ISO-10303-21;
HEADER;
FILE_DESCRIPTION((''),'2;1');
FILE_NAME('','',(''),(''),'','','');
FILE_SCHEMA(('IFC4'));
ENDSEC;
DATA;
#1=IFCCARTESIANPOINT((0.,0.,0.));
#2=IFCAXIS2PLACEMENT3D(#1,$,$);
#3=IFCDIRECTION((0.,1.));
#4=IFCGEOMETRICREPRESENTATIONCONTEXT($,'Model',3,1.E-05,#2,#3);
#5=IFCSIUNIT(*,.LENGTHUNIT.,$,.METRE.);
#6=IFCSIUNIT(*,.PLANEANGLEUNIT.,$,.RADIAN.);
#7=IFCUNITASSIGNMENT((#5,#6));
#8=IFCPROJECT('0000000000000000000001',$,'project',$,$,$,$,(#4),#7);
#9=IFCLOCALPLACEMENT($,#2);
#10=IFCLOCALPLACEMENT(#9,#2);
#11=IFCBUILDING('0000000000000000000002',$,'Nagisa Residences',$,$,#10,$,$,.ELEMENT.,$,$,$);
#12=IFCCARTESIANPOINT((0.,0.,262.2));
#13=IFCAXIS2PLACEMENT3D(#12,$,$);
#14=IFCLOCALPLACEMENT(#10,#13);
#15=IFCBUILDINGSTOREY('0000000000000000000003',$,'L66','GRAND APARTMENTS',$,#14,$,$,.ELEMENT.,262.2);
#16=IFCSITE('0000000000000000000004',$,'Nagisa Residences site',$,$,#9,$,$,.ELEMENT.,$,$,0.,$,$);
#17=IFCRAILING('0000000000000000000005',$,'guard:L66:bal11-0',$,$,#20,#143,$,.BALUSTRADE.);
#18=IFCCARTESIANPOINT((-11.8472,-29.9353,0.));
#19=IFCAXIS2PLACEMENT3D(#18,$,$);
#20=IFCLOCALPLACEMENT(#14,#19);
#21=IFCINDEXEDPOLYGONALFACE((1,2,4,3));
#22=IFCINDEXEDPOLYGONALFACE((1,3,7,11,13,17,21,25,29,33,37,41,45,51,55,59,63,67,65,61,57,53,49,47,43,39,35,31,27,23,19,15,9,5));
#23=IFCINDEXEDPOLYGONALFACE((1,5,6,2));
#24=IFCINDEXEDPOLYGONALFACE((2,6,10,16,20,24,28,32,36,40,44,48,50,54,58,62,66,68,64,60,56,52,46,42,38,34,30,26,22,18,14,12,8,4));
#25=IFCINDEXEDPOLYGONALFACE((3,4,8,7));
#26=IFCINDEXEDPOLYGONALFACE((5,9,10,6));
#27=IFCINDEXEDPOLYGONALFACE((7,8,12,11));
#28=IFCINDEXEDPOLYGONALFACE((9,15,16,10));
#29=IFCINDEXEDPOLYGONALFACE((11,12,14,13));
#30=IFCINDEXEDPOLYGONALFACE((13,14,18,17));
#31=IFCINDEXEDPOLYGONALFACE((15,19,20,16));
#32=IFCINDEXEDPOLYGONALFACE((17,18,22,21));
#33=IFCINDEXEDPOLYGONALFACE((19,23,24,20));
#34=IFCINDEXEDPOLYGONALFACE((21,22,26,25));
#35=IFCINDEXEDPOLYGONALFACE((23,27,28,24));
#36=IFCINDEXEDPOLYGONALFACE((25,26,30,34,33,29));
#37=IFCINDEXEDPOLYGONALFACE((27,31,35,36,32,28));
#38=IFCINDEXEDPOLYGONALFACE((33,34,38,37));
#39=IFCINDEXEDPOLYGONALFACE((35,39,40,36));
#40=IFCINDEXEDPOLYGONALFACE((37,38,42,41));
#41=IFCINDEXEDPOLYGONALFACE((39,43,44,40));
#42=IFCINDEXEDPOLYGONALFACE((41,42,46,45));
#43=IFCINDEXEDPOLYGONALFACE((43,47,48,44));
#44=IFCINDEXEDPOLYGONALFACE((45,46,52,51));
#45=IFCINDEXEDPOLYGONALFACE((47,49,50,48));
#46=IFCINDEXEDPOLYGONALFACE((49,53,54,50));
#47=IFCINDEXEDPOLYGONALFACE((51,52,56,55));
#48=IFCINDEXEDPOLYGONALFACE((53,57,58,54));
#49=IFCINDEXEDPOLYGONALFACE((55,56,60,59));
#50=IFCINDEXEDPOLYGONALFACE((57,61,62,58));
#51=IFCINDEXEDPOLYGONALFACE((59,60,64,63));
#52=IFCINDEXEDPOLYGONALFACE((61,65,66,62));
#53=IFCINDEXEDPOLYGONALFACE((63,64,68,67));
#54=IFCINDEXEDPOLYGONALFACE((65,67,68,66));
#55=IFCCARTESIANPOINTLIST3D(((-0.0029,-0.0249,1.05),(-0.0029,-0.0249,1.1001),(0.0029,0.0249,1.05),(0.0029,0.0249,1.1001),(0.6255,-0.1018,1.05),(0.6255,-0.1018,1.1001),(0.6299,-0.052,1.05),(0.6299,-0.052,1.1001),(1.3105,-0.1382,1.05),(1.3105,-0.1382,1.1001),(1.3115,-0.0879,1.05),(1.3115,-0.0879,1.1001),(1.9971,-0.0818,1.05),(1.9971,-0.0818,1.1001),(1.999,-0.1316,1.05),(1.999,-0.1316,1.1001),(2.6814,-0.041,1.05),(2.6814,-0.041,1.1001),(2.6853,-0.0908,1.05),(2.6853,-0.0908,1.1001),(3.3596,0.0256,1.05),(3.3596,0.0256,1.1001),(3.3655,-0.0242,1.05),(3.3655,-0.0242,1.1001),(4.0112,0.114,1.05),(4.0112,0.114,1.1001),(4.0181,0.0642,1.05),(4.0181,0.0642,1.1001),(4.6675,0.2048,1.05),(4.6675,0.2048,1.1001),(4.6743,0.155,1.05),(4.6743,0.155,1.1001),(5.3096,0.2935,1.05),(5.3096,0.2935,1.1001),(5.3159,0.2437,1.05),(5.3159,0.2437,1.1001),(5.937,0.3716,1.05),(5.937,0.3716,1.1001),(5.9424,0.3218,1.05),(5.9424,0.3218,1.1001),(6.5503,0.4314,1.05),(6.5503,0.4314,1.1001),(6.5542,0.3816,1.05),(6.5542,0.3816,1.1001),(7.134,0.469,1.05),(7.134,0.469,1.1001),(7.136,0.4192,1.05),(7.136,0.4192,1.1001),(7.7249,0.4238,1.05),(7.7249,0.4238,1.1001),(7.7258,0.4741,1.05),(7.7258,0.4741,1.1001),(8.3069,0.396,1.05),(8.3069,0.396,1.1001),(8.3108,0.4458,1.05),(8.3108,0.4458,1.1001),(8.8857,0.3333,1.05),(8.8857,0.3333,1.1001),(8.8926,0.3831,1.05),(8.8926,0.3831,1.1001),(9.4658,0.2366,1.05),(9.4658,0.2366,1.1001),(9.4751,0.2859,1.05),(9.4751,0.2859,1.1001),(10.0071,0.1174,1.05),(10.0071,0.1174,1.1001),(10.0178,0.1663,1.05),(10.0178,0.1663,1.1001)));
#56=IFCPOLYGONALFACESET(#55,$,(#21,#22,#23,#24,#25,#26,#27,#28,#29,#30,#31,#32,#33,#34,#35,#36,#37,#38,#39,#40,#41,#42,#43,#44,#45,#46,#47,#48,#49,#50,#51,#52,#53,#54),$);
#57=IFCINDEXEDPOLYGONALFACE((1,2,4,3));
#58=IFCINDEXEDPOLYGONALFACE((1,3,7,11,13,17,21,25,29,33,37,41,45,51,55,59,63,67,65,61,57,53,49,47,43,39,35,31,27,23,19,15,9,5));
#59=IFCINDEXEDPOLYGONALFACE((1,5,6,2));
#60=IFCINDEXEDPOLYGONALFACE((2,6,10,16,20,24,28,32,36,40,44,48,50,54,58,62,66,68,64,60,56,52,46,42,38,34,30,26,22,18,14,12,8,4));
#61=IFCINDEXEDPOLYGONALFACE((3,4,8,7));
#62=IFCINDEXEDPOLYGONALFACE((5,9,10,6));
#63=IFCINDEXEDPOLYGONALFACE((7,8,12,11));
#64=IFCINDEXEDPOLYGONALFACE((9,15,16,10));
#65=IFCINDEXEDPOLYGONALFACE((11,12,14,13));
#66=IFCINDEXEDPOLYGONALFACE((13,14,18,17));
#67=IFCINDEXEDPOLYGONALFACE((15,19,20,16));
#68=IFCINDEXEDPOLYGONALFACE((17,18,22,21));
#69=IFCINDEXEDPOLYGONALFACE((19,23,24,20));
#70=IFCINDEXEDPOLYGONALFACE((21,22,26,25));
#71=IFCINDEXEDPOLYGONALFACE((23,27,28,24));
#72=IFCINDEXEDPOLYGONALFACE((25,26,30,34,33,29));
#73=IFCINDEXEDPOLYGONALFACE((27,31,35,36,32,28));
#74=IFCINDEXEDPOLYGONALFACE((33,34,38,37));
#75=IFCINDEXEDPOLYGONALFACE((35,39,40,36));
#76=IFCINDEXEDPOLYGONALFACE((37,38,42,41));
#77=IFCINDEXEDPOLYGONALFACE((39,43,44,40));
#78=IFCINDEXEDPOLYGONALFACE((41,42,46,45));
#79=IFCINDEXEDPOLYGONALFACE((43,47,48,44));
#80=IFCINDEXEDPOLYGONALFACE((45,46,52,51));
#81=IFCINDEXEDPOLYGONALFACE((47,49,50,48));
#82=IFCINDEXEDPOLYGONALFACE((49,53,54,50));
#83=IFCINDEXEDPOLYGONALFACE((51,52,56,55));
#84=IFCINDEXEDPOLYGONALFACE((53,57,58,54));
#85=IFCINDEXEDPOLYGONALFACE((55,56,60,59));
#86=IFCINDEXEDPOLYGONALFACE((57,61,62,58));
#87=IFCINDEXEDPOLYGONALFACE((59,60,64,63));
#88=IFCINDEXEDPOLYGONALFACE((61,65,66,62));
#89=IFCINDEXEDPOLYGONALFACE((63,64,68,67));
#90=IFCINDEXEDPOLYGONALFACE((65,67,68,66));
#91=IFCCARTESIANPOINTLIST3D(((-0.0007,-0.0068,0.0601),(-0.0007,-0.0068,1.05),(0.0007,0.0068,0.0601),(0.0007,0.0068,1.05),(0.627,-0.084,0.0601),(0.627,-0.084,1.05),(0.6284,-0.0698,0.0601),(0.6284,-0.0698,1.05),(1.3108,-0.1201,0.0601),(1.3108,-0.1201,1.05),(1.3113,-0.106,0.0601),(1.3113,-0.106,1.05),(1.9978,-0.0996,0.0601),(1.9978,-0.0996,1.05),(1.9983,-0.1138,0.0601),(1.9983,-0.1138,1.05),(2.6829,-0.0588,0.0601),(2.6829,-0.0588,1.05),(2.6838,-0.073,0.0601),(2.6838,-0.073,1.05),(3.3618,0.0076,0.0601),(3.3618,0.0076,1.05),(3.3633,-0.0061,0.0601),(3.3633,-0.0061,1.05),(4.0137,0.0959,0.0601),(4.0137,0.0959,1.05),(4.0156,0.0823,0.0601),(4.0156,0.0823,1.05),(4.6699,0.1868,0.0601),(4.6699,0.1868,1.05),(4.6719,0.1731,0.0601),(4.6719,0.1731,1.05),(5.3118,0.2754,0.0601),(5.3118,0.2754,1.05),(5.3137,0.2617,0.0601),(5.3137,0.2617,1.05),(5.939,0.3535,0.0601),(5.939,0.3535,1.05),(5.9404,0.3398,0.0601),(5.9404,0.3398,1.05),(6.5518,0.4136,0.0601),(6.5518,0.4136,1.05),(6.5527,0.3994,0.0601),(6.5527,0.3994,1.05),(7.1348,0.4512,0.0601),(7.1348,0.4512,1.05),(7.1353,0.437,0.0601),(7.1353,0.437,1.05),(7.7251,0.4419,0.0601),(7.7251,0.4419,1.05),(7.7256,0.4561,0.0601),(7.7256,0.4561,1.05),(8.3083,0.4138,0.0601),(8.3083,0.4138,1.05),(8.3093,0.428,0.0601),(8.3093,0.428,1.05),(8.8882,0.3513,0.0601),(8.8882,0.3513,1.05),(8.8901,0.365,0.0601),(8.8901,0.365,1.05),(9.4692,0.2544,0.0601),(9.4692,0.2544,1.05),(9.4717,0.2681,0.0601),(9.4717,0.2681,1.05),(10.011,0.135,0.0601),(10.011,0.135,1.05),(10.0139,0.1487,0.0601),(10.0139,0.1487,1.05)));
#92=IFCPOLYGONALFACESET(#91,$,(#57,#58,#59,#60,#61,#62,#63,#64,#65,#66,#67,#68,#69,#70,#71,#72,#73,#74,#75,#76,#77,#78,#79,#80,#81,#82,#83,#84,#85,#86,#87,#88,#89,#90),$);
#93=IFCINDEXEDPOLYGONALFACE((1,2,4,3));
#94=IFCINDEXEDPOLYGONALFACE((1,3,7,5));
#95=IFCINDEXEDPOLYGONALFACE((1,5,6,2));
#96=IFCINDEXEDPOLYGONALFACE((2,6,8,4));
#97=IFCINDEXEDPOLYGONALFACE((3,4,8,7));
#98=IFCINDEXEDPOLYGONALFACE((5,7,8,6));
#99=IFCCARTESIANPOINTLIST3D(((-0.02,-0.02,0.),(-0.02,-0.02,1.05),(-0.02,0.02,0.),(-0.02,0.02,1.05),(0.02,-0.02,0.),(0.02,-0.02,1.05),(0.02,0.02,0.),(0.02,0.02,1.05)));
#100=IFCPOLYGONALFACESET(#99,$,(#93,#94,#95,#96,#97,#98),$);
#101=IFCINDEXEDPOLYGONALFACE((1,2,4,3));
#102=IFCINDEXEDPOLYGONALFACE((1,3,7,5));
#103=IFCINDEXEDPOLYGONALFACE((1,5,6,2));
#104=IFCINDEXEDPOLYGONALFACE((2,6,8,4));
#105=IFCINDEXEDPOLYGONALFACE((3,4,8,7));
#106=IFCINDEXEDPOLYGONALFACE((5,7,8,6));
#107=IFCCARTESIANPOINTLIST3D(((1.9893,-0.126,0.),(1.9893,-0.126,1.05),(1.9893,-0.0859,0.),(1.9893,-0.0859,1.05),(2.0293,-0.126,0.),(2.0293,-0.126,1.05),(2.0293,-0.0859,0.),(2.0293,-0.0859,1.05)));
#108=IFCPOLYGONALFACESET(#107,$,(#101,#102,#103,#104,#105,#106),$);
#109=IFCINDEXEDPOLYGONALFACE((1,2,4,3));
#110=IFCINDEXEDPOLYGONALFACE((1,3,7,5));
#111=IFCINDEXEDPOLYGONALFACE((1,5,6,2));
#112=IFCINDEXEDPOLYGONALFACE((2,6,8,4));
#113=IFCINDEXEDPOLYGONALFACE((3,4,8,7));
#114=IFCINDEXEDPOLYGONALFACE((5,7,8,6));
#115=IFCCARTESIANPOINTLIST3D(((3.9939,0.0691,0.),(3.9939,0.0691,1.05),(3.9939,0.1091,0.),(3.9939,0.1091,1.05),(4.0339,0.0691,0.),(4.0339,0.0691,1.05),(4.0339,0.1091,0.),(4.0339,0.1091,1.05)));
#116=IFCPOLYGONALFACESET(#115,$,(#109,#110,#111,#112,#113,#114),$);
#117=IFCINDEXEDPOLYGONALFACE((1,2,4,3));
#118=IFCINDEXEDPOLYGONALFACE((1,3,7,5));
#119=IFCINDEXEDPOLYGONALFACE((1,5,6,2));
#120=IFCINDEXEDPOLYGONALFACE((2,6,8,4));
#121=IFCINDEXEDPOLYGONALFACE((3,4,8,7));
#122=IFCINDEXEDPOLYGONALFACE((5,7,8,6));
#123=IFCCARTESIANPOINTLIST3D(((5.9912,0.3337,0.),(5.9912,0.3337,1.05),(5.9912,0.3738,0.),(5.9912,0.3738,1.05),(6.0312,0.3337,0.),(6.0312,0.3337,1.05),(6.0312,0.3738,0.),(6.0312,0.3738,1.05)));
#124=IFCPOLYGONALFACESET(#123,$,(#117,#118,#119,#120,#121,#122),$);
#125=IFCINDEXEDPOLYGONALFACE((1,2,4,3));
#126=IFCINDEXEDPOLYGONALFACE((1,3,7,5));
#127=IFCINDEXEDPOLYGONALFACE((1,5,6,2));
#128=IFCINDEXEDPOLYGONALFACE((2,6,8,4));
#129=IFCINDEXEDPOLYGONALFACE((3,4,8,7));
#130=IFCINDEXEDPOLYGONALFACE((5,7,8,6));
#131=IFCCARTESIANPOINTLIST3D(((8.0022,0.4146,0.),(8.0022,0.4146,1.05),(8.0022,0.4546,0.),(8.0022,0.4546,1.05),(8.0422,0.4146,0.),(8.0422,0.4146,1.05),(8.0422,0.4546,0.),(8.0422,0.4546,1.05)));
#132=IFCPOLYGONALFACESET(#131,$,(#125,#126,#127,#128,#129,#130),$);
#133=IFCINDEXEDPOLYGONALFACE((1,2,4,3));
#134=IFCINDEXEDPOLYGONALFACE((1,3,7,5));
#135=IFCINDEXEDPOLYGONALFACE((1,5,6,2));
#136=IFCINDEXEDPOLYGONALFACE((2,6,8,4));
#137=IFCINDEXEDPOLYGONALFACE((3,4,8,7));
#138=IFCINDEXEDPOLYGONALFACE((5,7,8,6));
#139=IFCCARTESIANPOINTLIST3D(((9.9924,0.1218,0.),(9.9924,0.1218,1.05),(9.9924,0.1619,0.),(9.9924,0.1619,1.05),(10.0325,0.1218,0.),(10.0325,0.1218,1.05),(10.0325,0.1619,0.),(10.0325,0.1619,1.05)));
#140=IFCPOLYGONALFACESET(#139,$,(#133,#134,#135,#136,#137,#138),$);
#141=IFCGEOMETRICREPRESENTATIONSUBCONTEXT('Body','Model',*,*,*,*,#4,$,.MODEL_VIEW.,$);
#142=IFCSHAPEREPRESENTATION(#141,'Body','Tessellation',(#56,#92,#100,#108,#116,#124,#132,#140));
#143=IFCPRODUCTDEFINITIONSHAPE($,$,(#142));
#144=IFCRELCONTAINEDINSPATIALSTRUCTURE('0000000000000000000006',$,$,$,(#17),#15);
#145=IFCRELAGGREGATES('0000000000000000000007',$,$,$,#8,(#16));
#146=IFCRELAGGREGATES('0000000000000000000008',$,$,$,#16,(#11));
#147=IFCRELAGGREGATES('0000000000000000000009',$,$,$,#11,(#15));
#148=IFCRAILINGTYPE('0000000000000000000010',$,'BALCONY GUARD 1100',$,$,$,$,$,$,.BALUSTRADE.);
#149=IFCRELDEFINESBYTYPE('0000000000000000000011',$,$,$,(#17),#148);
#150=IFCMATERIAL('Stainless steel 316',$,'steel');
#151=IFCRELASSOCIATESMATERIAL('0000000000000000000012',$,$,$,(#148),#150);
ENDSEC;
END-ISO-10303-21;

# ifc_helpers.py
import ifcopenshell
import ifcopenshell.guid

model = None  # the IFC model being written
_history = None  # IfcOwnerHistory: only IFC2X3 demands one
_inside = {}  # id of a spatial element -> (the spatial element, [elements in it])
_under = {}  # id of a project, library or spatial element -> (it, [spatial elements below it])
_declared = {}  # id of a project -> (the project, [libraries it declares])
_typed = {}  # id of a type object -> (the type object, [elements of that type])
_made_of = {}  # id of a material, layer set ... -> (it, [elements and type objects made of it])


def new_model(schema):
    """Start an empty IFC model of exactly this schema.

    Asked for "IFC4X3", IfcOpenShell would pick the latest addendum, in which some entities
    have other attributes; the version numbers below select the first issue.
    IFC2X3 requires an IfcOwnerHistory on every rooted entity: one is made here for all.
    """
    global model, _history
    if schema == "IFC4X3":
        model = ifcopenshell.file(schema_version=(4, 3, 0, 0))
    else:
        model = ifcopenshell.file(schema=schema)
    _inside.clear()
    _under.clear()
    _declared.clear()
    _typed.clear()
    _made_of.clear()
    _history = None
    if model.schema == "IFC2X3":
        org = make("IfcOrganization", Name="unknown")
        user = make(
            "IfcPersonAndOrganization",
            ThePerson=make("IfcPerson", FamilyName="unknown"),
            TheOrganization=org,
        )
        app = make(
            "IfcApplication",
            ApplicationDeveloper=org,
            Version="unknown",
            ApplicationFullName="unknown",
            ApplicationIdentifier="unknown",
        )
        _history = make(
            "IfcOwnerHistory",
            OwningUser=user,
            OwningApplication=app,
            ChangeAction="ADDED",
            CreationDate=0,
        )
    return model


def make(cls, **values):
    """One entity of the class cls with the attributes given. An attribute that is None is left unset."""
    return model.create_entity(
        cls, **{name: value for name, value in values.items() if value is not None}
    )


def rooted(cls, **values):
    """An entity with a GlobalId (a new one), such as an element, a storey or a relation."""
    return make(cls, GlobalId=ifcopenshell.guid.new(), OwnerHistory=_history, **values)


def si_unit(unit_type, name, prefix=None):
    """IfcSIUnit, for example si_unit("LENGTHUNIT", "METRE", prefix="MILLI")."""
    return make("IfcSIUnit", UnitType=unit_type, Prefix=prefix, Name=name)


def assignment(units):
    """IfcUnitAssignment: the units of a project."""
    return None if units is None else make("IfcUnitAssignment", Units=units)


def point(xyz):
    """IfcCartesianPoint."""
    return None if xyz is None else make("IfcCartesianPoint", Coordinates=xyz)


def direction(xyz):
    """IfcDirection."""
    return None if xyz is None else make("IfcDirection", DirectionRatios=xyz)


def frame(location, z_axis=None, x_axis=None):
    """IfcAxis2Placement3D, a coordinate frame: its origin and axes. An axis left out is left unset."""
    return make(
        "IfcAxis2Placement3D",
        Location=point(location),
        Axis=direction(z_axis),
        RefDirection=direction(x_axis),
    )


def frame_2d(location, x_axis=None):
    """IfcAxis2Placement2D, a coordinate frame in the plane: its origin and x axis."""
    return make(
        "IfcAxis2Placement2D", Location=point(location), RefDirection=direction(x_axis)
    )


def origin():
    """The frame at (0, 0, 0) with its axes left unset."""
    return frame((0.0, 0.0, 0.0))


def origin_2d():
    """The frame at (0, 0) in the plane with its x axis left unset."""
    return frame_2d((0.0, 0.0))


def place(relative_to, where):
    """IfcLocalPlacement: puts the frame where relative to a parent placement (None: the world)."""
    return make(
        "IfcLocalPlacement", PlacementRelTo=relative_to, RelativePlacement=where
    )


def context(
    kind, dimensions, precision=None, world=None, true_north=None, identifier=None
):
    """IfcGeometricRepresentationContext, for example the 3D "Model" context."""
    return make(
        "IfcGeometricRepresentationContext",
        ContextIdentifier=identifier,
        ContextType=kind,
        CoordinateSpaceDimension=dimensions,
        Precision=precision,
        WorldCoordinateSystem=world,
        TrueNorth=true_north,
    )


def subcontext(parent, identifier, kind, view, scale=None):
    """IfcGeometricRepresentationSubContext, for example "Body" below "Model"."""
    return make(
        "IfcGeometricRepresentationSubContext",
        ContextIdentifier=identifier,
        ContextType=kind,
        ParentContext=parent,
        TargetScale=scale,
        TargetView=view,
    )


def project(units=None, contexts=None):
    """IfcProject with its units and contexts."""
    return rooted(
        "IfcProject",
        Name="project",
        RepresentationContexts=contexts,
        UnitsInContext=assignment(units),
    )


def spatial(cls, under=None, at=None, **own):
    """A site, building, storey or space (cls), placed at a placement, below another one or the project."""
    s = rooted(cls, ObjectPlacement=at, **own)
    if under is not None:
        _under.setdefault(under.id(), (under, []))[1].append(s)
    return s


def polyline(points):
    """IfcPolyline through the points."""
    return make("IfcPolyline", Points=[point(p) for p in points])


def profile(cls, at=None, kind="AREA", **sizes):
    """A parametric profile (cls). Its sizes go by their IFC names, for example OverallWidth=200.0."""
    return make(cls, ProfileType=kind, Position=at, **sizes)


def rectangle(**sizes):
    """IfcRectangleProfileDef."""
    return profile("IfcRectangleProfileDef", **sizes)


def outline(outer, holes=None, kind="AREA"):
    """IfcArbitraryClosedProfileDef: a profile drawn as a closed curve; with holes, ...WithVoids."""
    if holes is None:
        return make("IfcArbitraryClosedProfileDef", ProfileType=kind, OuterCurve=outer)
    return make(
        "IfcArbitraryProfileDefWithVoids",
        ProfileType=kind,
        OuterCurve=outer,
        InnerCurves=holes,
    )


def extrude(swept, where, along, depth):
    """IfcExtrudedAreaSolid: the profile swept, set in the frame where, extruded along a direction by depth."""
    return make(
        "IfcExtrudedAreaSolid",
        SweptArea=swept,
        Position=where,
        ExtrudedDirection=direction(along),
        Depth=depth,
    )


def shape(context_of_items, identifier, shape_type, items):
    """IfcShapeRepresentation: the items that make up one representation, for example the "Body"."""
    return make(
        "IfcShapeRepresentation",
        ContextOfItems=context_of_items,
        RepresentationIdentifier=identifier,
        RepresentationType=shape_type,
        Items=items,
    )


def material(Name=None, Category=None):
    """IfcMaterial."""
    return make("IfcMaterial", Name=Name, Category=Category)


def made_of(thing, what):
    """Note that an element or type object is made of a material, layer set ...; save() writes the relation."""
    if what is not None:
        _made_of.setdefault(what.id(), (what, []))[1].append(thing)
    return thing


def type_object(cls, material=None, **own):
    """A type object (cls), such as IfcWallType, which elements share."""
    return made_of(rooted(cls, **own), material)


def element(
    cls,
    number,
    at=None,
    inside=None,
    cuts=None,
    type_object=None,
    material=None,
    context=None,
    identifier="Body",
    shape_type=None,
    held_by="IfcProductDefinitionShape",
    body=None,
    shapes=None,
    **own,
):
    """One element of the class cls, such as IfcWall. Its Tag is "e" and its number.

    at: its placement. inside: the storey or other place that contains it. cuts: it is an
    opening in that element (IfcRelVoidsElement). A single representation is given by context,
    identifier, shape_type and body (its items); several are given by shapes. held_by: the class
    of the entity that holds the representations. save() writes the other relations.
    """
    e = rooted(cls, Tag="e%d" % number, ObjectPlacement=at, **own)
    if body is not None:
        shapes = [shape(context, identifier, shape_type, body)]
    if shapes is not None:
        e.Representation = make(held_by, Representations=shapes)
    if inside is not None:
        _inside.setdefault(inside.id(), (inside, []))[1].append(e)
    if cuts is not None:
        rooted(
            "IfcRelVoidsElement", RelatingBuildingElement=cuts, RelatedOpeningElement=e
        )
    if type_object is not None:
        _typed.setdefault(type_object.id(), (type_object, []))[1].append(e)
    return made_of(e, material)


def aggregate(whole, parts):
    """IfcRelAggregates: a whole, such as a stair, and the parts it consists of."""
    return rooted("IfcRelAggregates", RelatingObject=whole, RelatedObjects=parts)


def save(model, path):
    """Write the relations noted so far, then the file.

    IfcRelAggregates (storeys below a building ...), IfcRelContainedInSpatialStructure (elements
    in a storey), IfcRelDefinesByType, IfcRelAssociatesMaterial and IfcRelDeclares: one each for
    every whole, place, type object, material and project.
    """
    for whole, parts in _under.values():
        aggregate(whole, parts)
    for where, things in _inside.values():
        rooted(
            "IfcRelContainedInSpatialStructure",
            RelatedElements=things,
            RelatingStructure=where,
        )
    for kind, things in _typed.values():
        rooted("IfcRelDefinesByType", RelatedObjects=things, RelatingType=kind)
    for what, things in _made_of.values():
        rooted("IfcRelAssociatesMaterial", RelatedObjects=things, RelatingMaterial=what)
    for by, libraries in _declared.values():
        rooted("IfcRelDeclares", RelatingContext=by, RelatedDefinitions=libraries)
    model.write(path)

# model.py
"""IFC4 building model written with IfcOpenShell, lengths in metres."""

from ifc_helpers import new_model, si_unit, direction, frame, origin, origin_2d, place, context, subcontext, project, spatial, polyline, rectangle, outline, extrude, material, type_object, element, save


model = new_model("IFC4")

# Units and contexts
model_context = context("Model", 3, precision=1e-05, world=origin(), true_north=direction((0.0, 1.0)))
body_context = subcontext(model_context, "Body", "Model", "MODEL_VIEW")
ifc_project = project(units=[si_unit("LENGTHUNIT", "METRE"), si_unit("PLANEANGLEUNIT", "RADIAN")], contexts=[model_context])

# Site, building, storey
site_placement = place(None, origin())
site = spatial("IfcSite", under=ifc_project, at=site_placement, Name="Nagisa Residences site", CompositionType="ELEMENT", RefElevation=0.0)
building_placement = place(site_placement, origin())
building = spatial("IfcBuilding", under=site, at=building_placement, Name="Nagisa Residences", CompositionType="ELEMENT")
storey_placement = place(building_placement, frame((0.0, 0.0, 262.2)))
storey = spatial("IfcBuildingStorey", under=building, at=storey_placement, Name="L66", Description="GRAND APARTMENTS", CompositionType="ELEMENT", Elevation=262.2)

# Railing
ifc_material_1 = material(Name="Stainless steel 316", Category="steel")
railing_type = type_object("IfcRailingType", Name="BALCONY GUARD 1100", PredefinedType="BALUSTRADE", material=ifc_material_1)
railing_1_placement = place(storey_placement, frame((-11.8472, -29.9353, 0.0)))
element("IfcRailing", 1, at=railing_1_placement, inside=storey, type_object=railing_type, Name="guard:L66:bal11-0", PredefinedType="BALUSTRADE", context=body_context, shape_type="SweptSolid", body=[
    extrude(outline(polyline([(0.6299, -0.052), (0.0029, 0.0249), (-0.0029, -0.0249), (0.6255, -0.1018), (1.3105, -0.1382), (1.999, -0.1316), (2.6853, -0.0908), (3.3655, -0.0242), (4.0181, 0.0642), (4.6743, 0.155), (5.3159, 0.2437), (5.9424, 0.3218), (6.5542, 0.3816), (7.136, 0.4192), (7.7249, 0.4238), (8.3069, 0.396), (8.8857, 0.3333), (9.4658, 0.2366), (10.0071, 0.1174), (10.0178, 0.1663), (9.4751, 0.2859), (8.8926, 0.3831), (8.3108, 0.4458), (7.7258, 0.4741), (7.134, 0.469), (6.5503, 0.4314), (5.937, 0.3716), (5.3096, 0.2935), (4.6675, 0.2048), (4.0112, 0.114), (3.3596, 0.0256), (2.6814, -0.041), (1.9971, -0.0818), (1.3115, -0.0879), (0.6299, -0.052)])), frame((0.0, 0.0, 1.05)), (0.0, 0.0, 1.0), 0.05),
    extrude(outline(polyline([(0.6284, -0.0698), (0.0007, 0.0068), (-0.0007, -0.0068), (0.627, -0.084), (1.3108, -0.1201), (1.9983, -0.1138), (2.6838, -0.073), (3.3633, -0.0061), (4.0156, 0.0823), (4.6719, 0.1731), (5.3137, 0.2617), (5.9404, 0.3398), (6.5527, 0.3994), (7.1353, 0.437), (7.7251, 0.4419), (8.3083, 0.4138), (8.8882, 0.3513), (9.4692, 0.2544), (10.011, 0.135), (10.0139, 0.1487), (9.4717, 0.2681), (8.8901, 0.365), (8.3093, 0.428), (7.7256, 0.4561), (7.1348, 0.4512), (6.5518, 0.4136), (5.939, 0.3535), (5.3118, 0.2754), (4.6699, 0.1868), (4.0137, 0.0959), (3.3618, 0.0076), (2.6829, -0.0588), (1.9978, -0.0996), (1.3113, -0.106), (0.6284, -0.0698)])), frame((0.0, 0.0, 0.0601)), (0.0, 0.0, 1.0), 0.99),
    extrude(rectangle(XDim=0.04, YDim=0.04, at=origin_2d()), origin(), (0.0, 0.0, 1.0), 1.05),
    extrude(rectangle(XDim=0.04, YDim=0.04, at=origin_2d()), frame((2.0093, -0.106, 0.0)), (0.0, 0.0, 1.0), 1.05),
    extrude(rectangle(XDim=0.04, YDim=0.04, at=origin_2d()), frame((4.0139, 0.0891, 0.0)), (0.0, 0.0, 1.0), 1.05),
    extrude(rectangle(XDim=0.04, YDim=0.04, at=origin_2d()), frame((6.0112, 0.3538, 0.0)), (0.0, 0.0, 1.0), 1.05),
    extrude(rectangle(XDim=0.04, YDim=0.04, at=origin_2d()), frame((8.0222, 0.4346, 0.0)), (0.0, 0.0, 1.0), 1.05),
    extrude(rectangle(XDim=0.04, YDim=0.04, at=origin_2d()), frame((10.0125, 0.1418, 0.0)), (0.0, 0.0, 1.0), 1.05),
])

save(model, "model.ifc")
